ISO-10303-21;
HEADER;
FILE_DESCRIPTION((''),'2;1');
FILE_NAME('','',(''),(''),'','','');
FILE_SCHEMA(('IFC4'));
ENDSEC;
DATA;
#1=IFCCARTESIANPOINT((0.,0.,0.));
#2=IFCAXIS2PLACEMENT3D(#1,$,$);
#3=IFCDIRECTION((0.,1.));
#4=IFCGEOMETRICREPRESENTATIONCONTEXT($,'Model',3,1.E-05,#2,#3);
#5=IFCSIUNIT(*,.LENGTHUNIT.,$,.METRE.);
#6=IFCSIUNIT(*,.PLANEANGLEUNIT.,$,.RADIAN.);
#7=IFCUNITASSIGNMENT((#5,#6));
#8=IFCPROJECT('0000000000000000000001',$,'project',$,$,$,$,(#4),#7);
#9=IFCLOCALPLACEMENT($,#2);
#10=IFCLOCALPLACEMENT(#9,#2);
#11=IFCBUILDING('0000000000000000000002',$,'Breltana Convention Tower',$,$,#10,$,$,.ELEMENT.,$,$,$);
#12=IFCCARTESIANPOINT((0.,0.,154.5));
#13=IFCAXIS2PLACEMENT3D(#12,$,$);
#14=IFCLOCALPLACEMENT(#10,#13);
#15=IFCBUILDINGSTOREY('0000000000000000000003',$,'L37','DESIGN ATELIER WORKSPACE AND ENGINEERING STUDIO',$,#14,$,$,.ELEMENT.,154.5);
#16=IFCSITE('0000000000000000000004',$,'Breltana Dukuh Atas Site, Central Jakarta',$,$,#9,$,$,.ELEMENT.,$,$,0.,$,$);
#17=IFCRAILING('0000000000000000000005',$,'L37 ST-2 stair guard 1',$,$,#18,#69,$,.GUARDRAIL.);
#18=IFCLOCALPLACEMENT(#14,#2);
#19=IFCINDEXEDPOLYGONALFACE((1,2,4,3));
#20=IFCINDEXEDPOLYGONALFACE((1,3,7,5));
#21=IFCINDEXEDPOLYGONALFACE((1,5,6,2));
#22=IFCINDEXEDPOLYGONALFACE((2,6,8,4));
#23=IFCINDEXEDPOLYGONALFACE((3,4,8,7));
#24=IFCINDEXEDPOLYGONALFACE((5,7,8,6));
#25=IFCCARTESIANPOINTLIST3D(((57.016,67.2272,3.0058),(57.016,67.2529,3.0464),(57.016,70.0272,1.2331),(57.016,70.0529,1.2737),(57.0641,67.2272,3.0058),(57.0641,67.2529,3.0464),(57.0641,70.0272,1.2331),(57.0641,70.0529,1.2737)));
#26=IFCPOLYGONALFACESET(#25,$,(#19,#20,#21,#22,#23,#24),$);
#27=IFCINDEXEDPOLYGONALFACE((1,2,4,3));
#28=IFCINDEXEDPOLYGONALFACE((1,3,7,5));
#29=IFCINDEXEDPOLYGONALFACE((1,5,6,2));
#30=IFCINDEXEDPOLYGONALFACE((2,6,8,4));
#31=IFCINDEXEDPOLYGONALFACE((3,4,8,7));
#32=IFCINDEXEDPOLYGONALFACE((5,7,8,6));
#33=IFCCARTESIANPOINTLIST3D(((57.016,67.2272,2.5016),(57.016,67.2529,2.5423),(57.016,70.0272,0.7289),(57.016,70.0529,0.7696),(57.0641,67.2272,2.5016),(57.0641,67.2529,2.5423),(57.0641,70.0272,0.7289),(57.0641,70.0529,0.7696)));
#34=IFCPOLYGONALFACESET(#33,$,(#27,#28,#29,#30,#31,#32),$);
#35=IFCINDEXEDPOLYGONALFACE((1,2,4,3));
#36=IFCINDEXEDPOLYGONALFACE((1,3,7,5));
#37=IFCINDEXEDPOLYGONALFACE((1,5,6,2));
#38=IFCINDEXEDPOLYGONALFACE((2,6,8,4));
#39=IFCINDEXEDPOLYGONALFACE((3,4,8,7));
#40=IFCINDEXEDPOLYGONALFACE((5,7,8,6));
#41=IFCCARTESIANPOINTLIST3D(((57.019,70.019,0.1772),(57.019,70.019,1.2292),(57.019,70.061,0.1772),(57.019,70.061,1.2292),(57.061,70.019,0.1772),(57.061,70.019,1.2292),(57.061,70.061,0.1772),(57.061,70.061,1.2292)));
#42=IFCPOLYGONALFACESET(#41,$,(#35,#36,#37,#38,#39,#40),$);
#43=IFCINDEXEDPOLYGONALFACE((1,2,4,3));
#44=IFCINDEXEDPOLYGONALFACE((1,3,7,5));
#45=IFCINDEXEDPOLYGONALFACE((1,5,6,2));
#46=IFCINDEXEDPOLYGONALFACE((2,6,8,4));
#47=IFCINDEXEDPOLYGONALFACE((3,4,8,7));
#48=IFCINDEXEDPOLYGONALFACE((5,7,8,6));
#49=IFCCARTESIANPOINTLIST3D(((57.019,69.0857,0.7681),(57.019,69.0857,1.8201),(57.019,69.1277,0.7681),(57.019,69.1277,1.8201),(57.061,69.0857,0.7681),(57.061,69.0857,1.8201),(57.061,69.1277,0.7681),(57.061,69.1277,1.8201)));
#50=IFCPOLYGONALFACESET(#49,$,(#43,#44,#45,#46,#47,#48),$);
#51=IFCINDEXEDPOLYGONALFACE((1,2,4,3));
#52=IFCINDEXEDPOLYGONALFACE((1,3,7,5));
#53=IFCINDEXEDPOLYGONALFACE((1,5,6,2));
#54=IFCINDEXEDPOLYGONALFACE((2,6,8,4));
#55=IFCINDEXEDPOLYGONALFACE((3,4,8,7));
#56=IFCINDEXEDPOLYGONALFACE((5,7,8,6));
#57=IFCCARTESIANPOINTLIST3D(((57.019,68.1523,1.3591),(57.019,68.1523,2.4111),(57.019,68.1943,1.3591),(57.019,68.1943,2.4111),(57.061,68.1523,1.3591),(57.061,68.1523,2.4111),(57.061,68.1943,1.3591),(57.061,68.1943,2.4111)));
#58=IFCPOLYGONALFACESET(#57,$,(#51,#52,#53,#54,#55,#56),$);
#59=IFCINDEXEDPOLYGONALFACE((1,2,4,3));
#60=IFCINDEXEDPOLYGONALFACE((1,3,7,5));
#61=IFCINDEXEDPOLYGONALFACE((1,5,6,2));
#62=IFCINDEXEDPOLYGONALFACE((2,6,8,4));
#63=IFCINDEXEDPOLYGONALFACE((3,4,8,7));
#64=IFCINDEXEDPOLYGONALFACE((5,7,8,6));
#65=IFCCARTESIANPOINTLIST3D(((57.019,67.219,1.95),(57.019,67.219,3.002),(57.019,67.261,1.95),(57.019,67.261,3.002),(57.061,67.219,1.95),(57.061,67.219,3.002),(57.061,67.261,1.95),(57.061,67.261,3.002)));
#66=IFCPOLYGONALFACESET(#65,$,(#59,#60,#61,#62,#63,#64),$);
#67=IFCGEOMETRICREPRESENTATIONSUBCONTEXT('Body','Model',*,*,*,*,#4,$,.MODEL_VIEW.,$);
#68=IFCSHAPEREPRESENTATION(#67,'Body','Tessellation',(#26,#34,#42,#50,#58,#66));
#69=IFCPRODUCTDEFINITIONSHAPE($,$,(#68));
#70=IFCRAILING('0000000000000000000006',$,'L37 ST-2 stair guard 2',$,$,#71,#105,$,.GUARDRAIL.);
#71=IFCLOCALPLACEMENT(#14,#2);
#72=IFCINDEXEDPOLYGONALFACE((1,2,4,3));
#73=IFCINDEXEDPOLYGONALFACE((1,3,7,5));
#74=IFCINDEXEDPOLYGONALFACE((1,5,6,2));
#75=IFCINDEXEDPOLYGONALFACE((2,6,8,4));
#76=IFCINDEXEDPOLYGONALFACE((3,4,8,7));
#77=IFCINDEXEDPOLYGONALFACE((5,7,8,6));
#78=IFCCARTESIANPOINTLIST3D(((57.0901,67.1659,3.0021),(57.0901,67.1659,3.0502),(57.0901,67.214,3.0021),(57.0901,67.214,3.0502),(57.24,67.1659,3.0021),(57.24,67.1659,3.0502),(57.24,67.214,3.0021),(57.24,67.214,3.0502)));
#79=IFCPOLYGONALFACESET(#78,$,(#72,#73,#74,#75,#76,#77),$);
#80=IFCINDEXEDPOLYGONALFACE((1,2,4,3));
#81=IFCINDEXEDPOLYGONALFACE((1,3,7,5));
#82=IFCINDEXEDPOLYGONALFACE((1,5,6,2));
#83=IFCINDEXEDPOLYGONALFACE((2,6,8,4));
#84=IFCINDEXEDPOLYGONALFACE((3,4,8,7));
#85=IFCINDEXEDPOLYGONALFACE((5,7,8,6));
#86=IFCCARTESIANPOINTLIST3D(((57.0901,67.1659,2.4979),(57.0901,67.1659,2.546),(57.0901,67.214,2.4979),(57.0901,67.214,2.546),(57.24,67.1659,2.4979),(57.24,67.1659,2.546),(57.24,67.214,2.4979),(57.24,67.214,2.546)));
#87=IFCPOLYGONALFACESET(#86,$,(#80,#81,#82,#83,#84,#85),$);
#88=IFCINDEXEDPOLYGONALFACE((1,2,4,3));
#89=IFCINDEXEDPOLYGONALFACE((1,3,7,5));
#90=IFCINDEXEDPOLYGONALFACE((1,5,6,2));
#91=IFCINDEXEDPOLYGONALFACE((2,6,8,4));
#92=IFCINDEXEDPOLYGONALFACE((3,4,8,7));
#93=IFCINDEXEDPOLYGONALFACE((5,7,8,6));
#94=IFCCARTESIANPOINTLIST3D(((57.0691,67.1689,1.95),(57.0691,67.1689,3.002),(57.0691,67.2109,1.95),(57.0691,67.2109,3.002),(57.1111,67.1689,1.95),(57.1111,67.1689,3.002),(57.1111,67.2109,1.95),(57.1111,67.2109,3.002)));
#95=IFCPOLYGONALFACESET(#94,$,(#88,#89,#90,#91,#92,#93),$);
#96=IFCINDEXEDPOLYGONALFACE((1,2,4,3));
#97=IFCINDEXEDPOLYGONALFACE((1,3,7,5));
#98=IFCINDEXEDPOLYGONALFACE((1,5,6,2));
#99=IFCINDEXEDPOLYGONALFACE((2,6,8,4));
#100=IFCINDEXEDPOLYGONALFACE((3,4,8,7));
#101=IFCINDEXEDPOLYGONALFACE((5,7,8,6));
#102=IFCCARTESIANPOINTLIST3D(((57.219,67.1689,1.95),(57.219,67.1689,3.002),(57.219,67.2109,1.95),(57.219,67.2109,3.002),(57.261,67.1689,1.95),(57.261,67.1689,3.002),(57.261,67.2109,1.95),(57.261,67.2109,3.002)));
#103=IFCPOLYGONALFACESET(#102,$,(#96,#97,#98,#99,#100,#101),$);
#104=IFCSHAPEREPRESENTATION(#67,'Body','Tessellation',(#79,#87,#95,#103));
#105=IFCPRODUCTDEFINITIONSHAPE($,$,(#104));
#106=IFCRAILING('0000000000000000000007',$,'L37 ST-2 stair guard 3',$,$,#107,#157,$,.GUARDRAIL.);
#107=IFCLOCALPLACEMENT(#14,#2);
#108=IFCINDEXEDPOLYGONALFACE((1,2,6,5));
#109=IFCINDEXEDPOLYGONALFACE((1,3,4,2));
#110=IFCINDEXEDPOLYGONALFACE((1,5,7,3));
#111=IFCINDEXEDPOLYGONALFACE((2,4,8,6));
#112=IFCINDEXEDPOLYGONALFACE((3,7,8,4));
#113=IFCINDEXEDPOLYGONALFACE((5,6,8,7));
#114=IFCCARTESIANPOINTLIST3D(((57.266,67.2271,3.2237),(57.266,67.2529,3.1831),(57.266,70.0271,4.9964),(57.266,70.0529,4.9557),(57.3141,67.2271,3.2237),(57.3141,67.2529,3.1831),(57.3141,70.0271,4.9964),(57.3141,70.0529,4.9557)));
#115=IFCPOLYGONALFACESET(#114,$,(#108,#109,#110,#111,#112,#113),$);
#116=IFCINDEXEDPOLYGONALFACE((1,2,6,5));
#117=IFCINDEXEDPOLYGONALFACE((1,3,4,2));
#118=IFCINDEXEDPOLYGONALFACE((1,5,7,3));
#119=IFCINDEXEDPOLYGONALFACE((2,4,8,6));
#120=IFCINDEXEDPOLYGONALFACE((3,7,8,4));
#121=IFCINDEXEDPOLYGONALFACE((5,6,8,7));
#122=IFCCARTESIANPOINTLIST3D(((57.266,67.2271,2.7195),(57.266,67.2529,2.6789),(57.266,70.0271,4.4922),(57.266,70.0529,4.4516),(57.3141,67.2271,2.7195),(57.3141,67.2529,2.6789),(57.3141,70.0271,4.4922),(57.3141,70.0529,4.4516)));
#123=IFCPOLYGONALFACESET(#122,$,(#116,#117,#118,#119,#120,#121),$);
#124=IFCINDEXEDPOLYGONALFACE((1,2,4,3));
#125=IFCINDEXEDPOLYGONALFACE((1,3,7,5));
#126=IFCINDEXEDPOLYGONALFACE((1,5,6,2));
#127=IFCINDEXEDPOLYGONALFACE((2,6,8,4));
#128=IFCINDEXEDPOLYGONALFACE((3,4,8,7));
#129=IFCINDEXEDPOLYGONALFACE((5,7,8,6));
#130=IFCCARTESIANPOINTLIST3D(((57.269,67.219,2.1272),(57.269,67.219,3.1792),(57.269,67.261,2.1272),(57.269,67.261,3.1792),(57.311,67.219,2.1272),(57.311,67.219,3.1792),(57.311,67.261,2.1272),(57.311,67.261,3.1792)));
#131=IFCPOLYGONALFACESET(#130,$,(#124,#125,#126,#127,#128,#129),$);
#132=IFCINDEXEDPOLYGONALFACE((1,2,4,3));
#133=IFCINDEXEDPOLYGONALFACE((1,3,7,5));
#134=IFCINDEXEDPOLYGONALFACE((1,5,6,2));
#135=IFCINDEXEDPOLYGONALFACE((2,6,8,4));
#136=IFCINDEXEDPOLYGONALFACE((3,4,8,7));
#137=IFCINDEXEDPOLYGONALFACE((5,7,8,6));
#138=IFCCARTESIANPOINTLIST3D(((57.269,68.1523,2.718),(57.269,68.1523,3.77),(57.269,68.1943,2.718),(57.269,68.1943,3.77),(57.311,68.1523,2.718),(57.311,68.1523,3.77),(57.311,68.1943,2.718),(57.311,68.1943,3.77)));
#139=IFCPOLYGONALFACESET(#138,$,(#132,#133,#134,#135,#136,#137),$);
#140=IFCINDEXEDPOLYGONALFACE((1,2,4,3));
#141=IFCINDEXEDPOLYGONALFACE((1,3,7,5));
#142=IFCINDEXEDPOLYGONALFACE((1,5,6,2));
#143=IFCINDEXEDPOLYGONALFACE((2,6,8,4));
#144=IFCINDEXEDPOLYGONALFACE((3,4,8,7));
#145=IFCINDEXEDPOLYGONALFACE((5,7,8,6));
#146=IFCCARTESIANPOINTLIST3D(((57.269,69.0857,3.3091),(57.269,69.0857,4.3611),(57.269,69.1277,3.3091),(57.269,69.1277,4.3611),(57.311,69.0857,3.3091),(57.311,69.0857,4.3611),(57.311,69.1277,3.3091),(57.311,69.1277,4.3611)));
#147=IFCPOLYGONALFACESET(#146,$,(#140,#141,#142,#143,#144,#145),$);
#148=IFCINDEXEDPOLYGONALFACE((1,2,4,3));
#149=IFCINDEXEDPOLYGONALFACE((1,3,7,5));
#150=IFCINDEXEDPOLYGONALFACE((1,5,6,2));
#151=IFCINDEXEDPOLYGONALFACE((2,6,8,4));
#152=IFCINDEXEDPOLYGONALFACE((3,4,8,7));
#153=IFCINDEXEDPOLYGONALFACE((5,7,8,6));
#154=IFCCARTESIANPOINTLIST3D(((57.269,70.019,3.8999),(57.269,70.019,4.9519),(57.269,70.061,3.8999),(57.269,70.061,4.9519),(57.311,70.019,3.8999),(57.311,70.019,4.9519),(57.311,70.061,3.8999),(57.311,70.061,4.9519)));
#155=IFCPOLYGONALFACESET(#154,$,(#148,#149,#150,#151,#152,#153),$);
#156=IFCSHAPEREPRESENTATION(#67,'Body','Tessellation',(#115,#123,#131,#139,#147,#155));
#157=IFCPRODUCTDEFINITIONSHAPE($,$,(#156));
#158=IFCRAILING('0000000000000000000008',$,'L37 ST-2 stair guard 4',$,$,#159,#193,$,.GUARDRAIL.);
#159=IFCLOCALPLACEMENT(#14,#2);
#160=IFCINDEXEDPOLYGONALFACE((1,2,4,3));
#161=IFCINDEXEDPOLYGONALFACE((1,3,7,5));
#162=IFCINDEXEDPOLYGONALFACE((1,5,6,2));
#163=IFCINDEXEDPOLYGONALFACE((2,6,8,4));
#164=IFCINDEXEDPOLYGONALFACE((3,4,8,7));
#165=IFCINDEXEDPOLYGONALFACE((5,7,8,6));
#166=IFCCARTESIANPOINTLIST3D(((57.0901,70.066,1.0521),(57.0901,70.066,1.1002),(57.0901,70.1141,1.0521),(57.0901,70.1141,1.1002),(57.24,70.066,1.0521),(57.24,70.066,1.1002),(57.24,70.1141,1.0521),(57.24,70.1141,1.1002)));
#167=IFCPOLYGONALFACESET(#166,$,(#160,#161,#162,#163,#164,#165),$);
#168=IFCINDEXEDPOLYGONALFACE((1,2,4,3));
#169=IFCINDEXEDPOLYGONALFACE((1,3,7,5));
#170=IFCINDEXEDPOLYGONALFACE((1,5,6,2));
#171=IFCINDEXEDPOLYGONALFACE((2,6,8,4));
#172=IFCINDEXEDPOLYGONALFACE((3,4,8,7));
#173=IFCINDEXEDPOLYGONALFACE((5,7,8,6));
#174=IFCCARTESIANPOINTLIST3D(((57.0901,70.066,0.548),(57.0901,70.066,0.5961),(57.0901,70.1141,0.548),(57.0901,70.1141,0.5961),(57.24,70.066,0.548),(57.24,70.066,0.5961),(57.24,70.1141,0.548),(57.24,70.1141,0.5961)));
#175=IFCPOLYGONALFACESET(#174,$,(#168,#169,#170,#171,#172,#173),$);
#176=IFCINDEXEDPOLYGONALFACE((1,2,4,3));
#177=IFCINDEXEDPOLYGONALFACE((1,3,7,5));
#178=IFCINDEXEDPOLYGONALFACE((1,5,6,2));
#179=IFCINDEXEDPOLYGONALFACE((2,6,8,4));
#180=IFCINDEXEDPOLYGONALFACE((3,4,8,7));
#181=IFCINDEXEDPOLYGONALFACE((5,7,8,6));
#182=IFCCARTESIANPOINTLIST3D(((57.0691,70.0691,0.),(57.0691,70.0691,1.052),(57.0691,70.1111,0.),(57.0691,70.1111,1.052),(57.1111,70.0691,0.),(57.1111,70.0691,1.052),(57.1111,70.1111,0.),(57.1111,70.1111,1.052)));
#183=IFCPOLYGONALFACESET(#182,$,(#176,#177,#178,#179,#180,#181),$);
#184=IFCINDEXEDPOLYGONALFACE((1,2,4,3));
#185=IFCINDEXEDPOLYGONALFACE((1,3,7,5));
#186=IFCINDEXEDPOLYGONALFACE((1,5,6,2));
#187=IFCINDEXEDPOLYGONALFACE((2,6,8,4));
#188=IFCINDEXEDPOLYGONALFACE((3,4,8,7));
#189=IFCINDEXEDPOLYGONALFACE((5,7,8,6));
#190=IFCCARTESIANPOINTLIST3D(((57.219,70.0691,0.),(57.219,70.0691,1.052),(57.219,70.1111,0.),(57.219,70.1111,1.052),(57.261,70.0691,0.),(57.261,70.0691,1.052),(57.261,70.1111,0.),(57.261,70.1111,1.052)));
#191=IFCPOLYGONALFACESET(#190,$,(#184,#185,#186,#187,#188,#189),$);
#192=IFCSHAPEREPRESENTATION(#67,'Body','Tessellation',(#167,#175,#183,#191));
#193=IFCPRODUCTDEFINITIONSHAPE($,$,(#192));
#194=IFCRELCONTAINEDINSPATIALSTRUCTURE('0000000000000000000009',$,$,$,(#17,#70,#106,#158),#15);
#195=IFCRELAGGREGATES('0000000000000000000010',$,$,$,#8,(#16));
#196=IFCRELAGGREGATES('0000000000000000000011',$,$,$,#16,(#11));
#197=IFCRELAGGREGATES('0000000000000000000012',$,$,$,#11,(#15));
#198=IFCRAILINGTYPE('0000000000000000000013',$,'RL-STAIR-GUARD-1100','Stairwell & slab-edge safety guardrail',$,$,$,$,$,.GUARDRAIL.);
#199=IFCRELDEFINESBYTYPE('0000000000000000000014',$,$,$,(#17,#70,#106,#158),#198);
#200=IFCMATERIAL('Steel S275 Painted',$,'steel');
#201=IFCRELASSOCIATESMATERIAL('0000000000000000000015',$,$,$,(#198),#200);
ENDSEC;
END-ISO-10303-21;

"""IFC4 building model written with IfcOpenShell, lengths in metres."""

from ifc_helpers import new_model, si_unit, direction, frame, origin, origin_2d, place, context, subcontext, project, spatial, rectangle, extrude, material, type_object, element, save


model = new_model("IFC4")

# Units and contexts
model_context = context("Model", 3, precision=1e-05, world=origin(), true_north=direction((0.0, 1.0)))
body_context = subcontext(model_context, "Body", "Model", "MODEL_VIEW")
ifc_project = project(units=[si_unit("LENGTHUNIT", "METRE"), si_unit("PLANEANGLEUNIT", "RADIAN")], contexts=[model_context])

# Site, building, storey
site_placement = place(None, origin())
site = spatial("IfcSite", under=ifc_project, at=site_placement, Name="Breltana Dukuh Atas Site, Central Jakarta", CompositionType="ELEMENT", RefElevation=0.0)
building_placement = place(site_placement, origin())
building = spatial("IfcBuilding", under=site, at=building_placement, Name="Breltana Convention Tower", CompositionType="ELEMENT")
storey_placement = place(building_placement, frame((0.0, 0.0, 154.5)))
storey = spatial("IfcBuildingStorey", under=building, at=storey_placement, Name="L37", Description="DESIGN ATELIER WORKSPACE AND ENGINEERING STUDIO", CompositionType="ELEMENT", Elevation=154.5)

# Railings
ifc_material_1 = material(Name="Steel S275 Painted", Category="steel")
railing_type_1 = type_object("IfcRailingType", Name="RL-STAIR-GUARD-1100", Description="Stairwell & slab-edge safety guardrail", PredefinedType="GUARDRAIL", material=ifc_material_1)
railing_1_placement = place(storey_placement, frame((57.04, 70.04, 0.1772)))
element("IfcRailing", 1, at=railing_1_placement, inside=storey, type_object=railing_type_1, Name="L37 ST-2 stair guard 1", PredefinedType="GUARDRAIL", context=body_context, shape_type="SweptSolid", body=[
    extrude(rectangle(XDim=0.0481, YDim=0.0481, at=origin_2d()), frame((0.0, 0.0, 1.0762), z_axis=(0.0, -0.844909, 0.53491), x_axis=(1.0, 0.0, 0.0)), (0.0, 0.0, 1.0), 3.314),
    extrude(rectangle(XDim=0.0481, YDim=0.0481, at=origin_2d()), frame((0.0, 0.0, 0.572), z_axis=(0.0, -0.844909, 0.53491), x_axis=(1.0, 0.0, 0.0)), (0.0, 0.0, 1.0), 3.314),
    extrude(rectangle(XDim=0.042, YDim=0.042, at=origin_2d()), origin(), (0.0, 0.0, 1.0), 1.052),
    extrude(rectangle(XDim=0.042, YDim=0.042, at=origin_2d()), frame((0.0, -0.9333, 0.5908)), (0.0, 0.0, 1.0), 1.052),
    extrude(rectangle(XDim=0.042, YDim=0.042, at=origin_2d()), frame((0.0, -1.8667, 1.1819)), (0.0, 0.0, 1.0), 1.052),
    extrude(rectangle(XDim=0.042, YDim=0.042, at=origin_2d()), frame((0.0, -2.8, 1.7727)), (0.0, 0.0, 1.0), 1.052),
])
railing_2_placement = place(storey_placement, frame((57.0901, 67.1899, 1.95)))
element("IfcRailing", 2, at=railing_2_placement, inside=storey, type_object=railing_type_1, Name="L37 ST-2 stair guard 2", PredefinedType="GUARDRAIL", context=body_context, shape_type="SweptSolid", body=[
    extrude(rectangle(XDim=0.0481, YDim=0.0481, at=origin_2d()), frame((0.0, 0.0, 1.0762), z_axis=(1.0, 0.0, 0.0), x_axis=(0.0, 1.0, 0.0)), (0.0, 0.0, 1.0), 0.1499),
    extrude(rectangle(XDim=0.0481, YDim=0.0481, at=origin_2d()), frame((0.0, 0.0, 0.572), z_axis=(1.0, 0.0, 0.0), x_axis=(0.0, 1.0, 0.0)), (0.0, 0.0, 1.0), 0.1499),
    extrude(rectangle(XDim=0.042, YDim=0.042, at=origin_2d()), origin(), (0.0, 0.0, 1.0), 1.052),
    extrude(rectangle(XDim=0.042, YDim=0.042, at=origin_2d()), frame((0.1499, 0.0, 0.0)), (0.0, 0.0, 1.0), 1.052),
])
railing_3_placement = place(storey_placement, frame((57.29, 67.24, 2.1272)))
element("IfcRailing", 3, at=railing_3_placement, inside=storey, type_object=railing_type_1, Name="L37 ST-2 stair guard 3", PredefinedType="GUARDRAIL", context=body_context, shape_type="SweptSolid", body=[
    extrude(rectangle(XDim=0.0481, YDim=0.0481, at=origin_2d()), frame((0.0, 0.0, 1.0762), z_axis=(0.0, 0.844909, 0.53491), x_axis=(-1.0, 0.0, 0.0)), (0.0, 0.0, 1.0), 3.314),
    extrude(rectangle(XDim=0.0481, YDim=0.0481, at=origin_2d()), frame((0.0, 0.0, 0.572), z_axis=(0.0, 0.844909, 0.53491), x_axis=(-1.0, 0.0, 0.0)), (0.0, 0.0, 1.0), 3.314),
    extrude(rectangle(XDim=0.042, YDim=0.042, at=origin_2d()), origin(), (0.0, 0.0, 1.0), 1.052),
    extrude(rectangle(XDim=0.042, YDim=0.042, at=origin_2d()), frame((0.0, 0.9333, 0.5908)), (0.0, 0.0, 1.0), 1.052),
    extrude(rectangle(XDim=0.042, YDim=0.042, at=origin_2d()), frame((0.0, 1.8667, 1.1819)), (0.0, 0.0, 1.0), 1.052),
    extrude(rectangle(XDim=0.042, YDim=0.042, at=origin_2d()), frame((0.0, 2.8, 1.7727)), (0.0, 0.0, 1.0), 1.052),
])
railing_4_placement = place(storey_placement, frame((57.0901, 70.0901, 0.0)))
element("IfcRailing", 4, at=railing_4_placement, inside=storey, type_object=railing_type_1, Name="L37 ST-2 stair guard 4", PredefinedType="GUARDRAIL", context=body_context, shape_type="SweptSolid", body=[
    extrude(rectangle(XDim=0.0481, YDim=0.0481, at=origin_2d()), frame((0.0, 0.0, 1.0762), z_axis=(1.0, 0.0, 0.0), x_axis=(0.0, 1.0, 0.0)), (0.0, 0.0, 1.0), 0.1499),
    extrude(rectangle(XDim=0.0481, YDim=0.0481, at=origin_2d()), frame((0.0, 0.0, 0.572), z_axis=(1.0, 0.0, 0.0), x_axis=(0.0, 1.0, 0.0)), (0.0, 0.0, 1.0), 0.1499),
    extrude(rectangle(XDim=0.042, YDim=0.042, at=origin_2d()), origin(), (0.0, 0.0, 1.0), 1.052),
    extrude(rectangle(XDim=0.042, YDim=0.042, at=origin_2d()), frame((0.1499, 0.0, 0.0)), (0.0, 0.0, 1.0), 1.052),
])

save(model, "model.ifc")
